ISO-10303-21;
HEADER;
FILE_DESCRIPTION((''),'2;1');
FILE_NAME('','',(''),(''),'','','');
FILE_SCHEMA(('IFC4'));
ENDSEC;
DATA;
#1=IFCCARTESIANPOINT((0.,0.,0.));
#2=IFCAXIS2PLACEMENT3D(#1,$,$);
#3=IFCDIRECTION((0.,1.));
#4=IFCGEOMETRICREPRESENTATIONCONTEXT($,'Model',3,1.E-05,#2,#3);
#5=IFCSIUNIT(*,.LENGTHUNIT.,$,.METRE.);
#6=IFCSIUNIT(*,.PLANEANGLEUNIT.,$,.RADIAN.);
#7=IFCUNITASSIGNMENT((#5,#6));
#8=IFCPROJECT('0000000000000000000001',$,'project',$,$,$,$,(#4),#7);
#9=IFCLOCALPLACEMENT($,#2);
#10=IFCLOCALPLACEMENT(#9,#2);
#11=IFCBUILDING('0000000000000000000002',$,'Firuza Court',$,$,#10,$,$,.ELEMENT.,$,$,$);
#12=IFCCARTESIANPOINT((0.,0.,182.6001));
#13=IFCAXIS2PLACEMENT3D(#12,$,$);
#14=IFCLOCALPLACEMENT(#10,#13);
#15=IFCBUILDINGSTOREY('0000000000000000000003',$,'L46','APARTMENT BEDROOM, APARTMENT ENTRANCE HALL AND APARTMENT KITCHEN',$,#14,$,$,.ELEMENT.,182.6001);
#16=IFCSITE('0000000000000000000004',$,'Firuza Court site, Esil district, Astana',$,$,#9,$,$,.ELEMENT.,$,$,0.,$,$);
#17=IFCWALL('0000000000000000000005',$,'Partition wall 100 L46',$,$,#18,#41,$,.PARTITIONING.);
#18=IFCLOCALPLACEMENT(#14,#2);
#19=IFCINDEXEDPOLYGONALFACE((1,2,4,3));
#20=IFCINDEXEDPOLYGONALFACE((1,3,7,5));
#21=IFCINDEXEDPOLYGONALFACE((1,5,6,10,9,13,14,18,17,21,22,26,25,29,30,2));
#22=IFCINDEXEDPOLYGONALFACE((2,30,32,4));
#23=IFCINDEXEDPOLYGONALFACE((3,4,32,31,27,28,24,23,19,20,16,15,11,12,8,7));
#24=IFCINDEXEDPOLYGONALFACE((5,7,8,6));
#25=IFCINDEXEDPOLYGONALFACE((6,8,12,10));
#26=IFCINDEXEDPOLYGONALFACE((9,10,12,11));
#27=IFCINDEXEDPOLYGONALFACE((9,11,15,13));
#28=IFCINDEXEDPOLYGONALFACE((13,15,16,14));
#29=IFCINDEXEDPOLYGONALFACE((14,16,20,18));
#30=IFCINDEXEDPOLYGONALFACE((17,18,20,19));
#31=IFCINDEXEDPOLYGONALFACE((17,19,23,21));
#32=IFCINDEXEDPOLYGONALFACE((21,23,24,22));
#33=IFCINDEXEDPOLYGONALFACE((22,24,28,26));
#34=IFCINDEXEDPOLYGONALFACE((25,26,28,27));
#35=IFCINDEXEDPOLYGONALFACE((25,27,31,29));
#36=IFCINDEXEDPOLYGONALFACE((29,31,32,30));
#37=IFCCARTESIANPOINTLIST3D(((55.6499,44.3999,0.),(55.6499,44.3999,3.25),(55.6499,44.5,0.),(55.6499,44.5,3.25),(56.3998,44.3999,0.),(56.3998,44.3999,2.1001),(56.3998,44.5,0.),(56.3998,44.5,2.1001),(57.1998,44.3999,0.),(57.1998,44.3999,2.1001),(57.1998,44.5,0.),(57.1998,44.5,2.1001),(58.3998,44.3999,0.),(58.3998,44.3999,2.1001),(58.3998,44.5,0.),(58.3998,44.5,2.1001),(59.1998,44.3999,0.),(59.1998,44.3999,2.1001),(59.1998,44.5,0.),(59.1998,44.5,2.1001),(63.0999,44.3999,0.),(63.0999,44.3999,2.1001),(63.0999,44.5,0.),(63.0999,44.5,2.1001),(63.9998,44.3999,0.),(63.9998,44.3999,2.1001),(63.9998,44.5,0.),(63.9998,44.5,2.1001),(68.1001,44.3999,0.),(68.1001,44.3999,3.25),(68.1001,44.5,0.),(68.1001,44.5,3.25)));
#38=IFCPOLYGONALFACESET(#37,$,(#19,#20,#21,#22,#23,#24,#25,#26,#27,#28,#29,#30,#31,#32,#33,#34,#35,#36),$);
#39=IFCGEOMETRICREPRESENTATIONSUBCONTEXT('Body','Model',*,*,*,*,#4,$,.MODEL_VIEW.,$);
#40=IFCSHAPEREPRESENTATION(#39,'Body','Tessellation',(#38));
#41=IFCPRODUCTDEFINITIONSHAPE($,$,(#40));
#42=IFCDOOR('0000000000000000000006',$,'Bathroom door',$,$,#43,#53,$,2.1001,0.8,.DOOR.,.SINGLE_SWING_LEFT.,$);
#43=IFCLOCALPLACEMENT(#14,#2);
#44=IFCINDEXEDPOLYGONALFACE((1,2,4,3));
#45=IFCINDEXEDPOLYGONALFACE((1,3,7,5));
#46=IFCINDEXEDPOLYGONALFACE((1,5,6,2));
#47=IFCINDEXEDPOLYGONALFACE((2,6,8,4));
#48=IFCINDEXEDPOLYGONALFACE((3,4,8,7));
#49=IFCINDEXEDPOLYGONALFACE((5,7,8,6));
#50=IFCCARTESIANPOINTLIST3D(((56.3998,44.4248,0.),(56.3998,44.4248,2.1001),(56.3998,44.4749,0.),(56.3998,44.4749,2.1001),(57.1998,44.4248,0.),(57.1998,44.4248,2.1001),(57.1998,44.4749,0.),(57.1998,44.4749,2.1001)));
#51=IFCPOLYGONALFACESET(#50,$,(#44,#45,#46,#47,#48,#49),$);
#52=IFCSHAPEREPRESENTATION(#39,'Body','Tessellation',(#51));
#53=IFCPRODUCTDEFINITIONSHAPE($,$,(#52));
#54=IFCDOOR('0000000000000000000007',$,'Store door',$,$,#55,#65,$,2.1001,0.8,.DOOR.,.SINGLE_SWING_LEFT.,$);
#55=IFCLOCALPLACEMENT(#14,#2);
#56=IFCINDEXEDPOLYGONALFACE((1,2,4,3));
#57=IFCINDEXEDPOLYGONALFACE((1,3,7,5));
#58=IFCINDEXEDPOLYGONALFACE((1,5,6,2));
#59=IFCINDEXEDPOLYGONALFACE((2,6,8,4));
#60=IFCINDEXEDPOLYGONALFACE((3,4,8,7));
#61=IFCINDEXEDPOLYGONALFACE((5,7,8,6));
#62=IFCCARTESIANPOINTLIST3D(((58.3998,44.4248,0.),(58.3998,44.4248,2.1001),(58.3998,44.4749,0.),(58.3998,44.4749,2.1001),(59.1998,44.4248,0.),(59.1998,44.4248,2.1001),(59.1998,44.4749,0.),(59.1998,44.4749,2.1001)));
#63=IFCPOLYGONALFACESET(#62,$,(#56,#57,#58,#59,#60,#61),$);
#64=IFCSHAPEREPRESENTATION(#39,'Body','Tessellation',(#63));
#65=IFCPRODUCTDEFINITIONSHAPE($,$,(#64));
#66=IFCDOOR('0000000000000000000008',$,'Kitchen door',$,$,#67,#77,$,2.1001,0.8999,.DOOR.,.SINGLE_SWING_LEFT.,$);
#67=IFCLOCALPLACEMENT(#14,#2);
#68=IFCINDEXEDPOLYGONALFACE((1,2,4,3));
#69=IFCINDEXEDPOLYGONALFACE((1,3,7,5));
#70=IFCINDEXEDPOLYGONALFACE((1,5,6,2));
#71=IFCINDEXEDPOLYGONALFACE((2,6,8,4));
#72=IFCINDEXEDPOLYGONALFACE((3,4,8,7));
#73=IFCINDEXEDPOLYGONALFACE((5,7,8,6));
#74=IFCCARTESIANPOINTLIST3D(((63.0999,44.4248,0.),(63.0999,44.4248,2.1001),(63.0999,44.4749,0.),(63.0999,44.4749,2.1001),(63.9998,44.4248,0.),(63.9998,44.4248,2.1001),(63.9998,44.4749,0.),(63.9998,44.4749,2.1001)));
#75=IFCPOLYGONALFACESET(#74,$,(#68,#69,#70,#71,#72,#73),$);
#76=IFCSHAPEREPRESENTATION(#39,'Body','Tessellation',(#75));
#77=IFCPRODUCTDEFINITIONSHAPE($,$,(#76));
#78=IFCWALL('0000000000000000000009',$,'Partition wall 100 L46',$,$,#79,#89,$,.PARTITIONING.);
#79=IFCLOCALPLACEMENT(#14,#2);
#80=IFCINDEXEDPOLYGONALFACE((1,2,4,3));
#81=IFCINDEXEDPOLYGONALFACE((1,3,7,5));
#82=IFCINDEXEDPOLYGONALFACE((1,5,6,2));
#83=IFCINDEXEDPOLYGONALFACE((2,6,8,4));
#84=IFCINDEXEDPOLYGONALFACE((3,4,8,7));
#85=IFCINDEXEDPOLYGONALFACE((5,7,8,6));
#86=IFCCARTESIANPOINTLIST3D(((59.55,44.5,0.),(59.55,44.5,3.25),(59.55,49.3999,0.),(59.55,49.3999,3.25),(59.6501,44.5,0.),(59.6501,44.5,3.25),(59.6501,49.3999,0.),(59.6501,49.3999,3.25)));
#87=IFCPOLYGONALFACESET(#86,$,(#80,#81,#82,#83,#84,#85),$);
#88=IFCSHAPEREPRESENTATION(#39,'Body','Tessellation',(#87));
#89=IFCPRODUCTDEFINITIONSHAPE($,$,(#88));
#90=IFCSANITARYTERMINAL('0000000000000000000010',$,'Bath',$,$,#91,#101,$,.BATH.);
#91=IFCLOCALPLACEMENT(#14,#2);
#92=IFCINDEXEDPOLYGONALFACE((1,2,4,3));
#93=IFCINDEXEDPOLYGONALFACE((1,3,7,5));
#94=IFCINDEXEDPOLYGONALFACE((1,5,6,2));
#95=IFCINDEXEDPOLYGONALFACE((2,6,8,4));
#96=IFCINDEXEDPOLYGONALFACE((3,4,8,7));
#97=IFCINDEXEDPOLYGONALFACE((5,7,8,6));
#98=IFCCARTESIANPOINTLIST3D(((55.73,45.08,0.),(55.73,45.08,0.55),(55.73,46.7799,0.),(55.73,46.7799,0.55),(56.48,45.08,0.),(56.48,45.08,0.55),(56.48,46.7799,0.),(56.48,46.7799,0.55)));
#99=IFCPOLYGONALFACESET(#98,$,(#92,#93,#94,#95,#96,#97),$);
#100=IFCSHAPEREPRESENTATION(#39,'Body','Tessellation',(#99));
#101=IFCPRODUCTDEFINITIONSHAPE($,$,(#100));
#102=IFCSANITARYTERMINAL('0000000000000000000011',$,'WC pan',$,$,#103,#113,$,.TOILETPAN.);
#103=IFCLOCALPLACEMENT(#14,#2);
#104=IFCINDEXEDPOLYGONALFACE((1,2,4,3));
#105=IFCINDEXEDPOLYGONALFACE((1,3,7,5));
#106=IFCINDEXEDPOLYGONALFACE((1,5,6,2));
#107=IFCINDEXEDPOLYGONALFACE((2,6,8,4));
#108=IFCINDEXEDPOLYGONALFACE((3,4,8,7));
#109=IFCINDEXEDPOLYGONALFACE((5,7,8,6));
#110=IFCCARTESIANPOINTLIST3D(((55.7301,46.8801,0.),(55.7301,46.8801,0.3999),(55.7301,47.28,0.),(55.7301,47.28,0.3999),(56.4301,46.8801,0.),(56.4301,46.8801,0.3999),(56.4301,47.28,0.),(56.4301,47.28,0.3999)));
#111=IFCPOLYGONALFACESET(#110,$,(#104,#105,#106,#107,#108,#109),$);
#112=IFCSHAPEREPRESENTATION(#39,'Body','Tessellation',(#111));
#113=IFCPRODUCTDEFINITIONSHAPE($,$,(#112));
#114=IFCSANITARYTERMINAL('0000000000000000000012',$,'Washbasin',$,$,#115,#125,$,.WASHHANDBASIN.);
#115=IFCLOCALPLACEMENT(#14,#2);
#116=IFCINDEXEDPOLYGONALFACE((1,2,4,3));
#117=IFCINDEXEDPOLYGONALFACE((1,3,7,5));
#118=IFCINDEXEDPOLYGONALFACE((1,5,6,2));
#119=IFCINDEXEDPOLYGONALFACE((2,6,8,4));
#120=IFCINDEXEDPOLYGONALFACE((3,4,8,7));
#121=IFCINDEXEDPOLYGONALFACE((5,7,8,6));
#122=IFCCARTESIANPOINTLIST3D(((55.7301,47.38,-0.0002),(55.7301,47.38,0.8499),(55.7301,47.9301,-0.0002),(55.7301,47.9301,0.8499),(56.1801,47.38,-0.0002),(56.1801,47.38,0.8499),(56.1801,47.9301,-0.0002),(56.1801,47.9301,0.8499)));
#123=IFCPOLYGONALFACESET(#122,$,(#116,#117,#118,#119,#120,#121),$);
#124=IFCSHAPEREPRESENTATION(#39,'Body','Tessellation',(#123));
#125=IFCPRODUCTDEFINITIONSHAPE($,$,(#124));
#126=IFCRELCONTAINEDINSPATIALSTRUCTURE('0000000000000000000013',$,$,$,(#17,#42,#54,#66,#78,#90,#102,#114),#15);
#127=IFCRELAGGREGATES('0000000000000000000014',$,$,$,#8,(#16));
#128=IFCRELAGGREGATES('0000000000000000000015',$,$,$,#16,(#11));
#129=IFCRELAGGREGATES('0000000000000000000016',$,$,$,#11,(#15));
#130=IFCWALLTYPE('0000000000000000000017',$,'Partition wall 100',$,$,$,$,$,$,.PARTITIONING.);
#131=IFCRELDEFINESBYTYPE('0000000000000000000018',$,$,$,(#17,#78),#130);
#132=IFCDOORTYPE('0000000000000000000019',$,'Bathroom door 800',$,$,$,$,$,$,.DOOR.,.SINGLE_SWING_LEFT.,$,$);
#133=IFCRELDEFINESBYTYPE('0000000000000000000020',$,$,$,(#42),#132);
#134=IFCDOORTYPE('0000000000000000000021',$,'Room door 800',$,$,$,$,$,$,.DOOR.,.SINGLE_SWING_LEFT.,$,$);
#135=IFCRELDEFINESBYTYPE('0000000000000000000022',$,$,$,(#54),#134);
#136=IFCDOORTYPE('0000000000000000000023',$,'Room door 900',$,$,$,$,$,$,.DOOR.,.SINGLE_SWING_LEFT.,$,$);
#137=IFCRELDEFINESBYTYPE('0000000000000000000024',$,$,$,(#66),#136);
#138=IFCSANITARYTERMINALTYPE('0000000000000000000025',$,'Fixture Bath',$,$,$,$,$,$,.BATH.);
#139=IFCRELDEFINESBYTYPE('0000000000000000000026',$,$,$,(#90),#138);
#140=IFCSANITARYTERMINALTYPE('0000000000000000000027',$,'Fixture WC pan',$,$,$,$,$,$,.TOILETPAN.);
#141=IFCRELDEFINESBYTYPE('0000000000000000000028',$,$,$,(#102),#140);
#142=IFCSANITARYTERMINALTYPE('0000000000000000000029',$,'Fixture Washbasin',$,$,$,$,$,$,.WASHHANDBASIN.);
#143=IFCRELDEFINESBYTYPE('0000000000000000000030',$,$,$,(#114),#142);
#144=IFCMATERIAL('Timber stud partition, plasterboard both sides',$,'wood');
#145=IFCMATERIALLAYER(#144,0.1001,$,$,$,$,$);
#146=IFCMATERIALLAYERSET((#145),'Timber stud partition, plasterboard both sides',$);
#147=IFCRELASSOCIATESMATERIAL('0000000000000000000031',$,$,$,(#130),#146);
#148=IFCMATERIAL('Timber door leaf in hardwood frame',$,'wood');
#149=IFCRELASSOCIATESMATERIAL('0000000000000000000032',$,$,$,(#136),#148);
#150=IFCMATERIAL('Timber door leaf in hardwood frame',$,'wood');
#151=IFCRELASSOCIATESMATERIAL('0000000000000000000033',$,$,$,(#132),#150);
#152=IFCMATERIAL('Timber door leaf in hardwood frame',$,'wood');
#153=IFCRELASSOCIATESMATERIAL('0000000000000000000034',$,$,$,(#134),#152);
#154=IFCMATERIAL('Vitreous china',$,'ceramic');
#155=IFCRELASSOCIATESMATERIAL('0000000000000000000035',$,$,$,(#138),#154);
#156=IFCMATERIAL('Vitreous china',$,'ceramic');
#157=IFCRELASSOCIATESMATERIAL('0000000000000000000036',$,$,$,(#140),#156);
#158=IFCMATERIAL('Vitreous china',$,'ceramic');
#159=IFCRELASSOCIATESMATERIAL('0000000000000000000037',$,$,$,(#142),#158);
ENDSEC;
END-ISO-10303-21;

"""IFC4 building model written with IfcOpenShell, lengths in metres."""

from ifc_helpers import new_model, si_unit, direction, frame, frame_2d, origin, origin_2d, place, context, subcontext, project, spatial, rectangle, extrude, material, layer, layer_set, type_object, element, fill, save


model = new_model("IFC4")

# Units and contexts
model_context = context("Model", 3, precision=1e-05, world=origin(), true_north=direction((0.0, 1.0)))
body_context = subcontext(model_context, "Body", "Model", "MODEL_VIEW")
ifc_project = project(units=[si_unit("LENGTHUNIT", "METRE"), si_unit("PLANEANGLEUNIT", "RADIAN")], contexts=[model_context])

# Site, building, storey
site_placement = place(None, origin())
site = spatial("IfcSite", under=ifc_project, at=site_placement, Name="Firuza Court site, Esil district, Astana", CompositionType="ELEMENT", RefElevation=0.0)
building_placement = place(site_placement, origin())
building = spatial("IfcBuilding", under=site, at=building_placement, Name="Firuza Court", CompositionType="ELEMENT")
storey_placement = place(building_placement, frame((0.0, 0.0, 182.6001)))
storey = spatial("IfcBuildingStorey", under=building, at=storey_placement, Name="L46", Description="APARTMENT BEDROOM, APARTMENT ENTRANCE HALL AND APARTMENT KITCHEN", CompositionType="ELEMENT", Elevation=182.6001)

# Shared definitions
ifc_material_1 = material(Name="Timber stud partition, plasterboard both sides", Category="wood")
ifc_layer_1 = layer(ifc_material_1, 0.1001)
ifc_layer_set_1 = layer_set([ifc_layer_1], Name="Timber stud partition, plasterboard both sides")
wall_type_1 = type_object("IfcWallType", Name="Partition wall 100", PredefinedType="PARTITIONING", material=ifc_layer_set_1)

# Wall, openings, doors
ifc_material_2 = material(Name="Timber door leaf in hardwood frame", Category="wood")
door_type_1 = type_object("IfcDoorType", Name="Room door 900", OperationType="SINGLE_SWING_LEFT", PredefinedType="DOOR", material=ifc_material_2)
wall_1_placement = place(storey_placement, frame((55.6499, 44.45, 0.0), z_axis=(0.0, 0.0, 1.0), x_axis=(1.0, 0.0, 0.0)))
wall_1 = element("IfcWall", 1, at=wall_1_placement, inside=storey, type_object=wall_type_1, Name="Partition wall 100 L46", PredefinedType="PARTITIONING", context=body_context, shape_type="SweptSolid", body=[
    extrude(rectangle(XDim=12.4502, YDim=0.1001, at=frame_2d((6.2251, 0.0))), origin(), (0.0, 0.0, 1.0), 3.25),
])
opening_1_placement = place(wall_1_placement, frame((0.75, 0.0, 0.0)))
opening_1 = element("IfcOpeningElement", 2, at=opening_1_placement, cuts=wall_1, PredefinedType="OPENING", context=body_context, shape_type="SweptSolid", body=[
    extrude(rectangle(XDim=0.8, YDim=2.1001, at=frame_2d((0.3999, 1.05))), frame((0.0, 0.062, 0.0), z_axis=(0.0, -1.0, 0.0), x_axis=(1.0, 0.0, 0.0)), (0.0, 0.0, 1.0), 0.124),
])
opening_2_placement = place(wall_1_placement, frame((7.45, 0.0, 0.0)))
opening_2 = element("IfcOpeningElement", 3, at=opening_2_placement, cuts=wall_1, PredefinedType="OPENING", context=body_context, shape_type="SweptSolid", body=[
    extrude(rectangle(XDim=0.8999, YDim=2.1001, at=frame_2d((0.45, 1.05))), frame((0.0, 0.062, 0.0), z_axis=(0.0, -1.0, 0.0), x_axis=(1.0, 0.0, 0.0)), (0.0, 0.0, 1.0), 0.124),
])
opening_3_placement = place(wall_1_placement, frame((2.75, 0.0, 0.0)))
opening_3 = element("IfcOpeningElement", 4, at=opening_3_placement, cuts=wall_1, PredefinedType="OPENING", context=body_context, shape_type="SweptSolid", body=[
    extrude(rectangle(XDim=0.8, YDim=2.1001, at=frame_2d((0.3999, 1.05))), frame((0.0, 0.062, 0.0), z_axis=(0.0, -1.0, 0.0), x_axis=(1.0, 0.0, 0.0)), (0.0, 0.0, 1.0), 0.124),
])
ifc_material_3 = material(Name="Timber door leaf in hardwood frame", Category="wood")
door_type_2 = type_object("IfcDoorType", Name="Bathroom door 800", OperationType="SINGLE_SWING_LEFT", PredefinedType="DOOR", material=ifc_material_3)
door_1_placement = place(opening_1_placement, origin())
door_1 = element("IfcDoor", 5, at=door_1_placement, inside=storey, type_object=door_type_2, Name="Bathroom door", OperationType="SINGLE_SWING_LEFT", OverallHeight=2.1001, OverallWidth=0.8, PredefinedType="DOOR", context=body_context, shape_type="SweptSolid", body=[
    extrude(rectangle(XDim=0.8, YDim=2.1001, at=frame_2d((0.3999, 1.05))), frame((0.0, 0.0249, 0.0), z_axis=(0.0, -1.0, 0.0), x_axis=(1.0, 0.0, 0.0)), (0.0, 0.0, 1.0), 0.05),
])
fill(opening_1, door_1)
ifc_material_4 = material(Name="Timber door leaf in hardwood frame", Category="wood")
door_type_3 = type_object("IfcDoorType", Name="Room door 800", OperationType="SINGLE_SWING_LEFT", PredefinedType="DOOR", material=ifc_material_4)
door_2_placement = place(opening_3_placement, origin())
door_2 = element("IfcDoor", 6, at=door_2_placement, inside=storey, type_object=door_type_3, Name="Store door", OperationType="SINGLE_SWING_LEFT", OverallHeight=2.1001, OverallWidth=0.8, PredefinedType="DOOR", context=body_context, shape_type="SweptSolid", body=[
    extrude(rectangle(XDim=0.8, YDim=2.1001, at=frame_2d((0.3999, 1.05))), frame((0.0, 0.0249, 0.0), z_axis=(0.0, -1.0, 0.0), x_axis=(1.0, 0.0, 0.0)), (0.0, 0.0, 1.0), 0.05),
])
fill(opening_3, door_2)
door_3_placement = place(opening_2_placement, origin())
door_3 = element("IfcDoor", 7, at=door_3_placement, inside=storey, type_object=door_type_1, Name="Kitchen door", OperationType="SINGLE_SWING_LEFT", OverallHeight=2.1001, OverallWidth=0.8999, PredefinedType="DOOR", context=body_context, shape_type="SweptSolid", body=[
    extrude(rectangle(XDim=0.8999, YDim=2.1001, at=frame_2d((0.45, 1.05))), frame((0.0, 0.0249, 0.0), z_axis=(0.0, -1.0, 0.0), x_axis=(1.0, 0.0, 0.0)), (0.0, 0.0, 1.0), 0.05),
])
fill(opening_2, door_3)

# Wall
wall_2_placement = place(storey_placement, frame((59.6001, 44.5, 0.0), z_axis=(0.0, 0.0, 1.0), x_axis=(0.0, 1.0, 0.0)))
element("IfcWall", 8, at=wall_2_placement, inside=storey, type_object=wall_type_1, Name="Partition wall 100 L46", PredefinedType="PARTITIONING", context=body_context, shape_type="SweptSolid", body=[
    extrude(rectangle(XDim=4.8999, YDim=0.1001, at=frame_2d((2.45, 0.0))), origin(), (0.0, 0.0, 1.0), 3.25),
])

# Sanitary terminals
ifc_material_5 = material(Name="Vitreous china", Category="ceramic")
sanitary_terminal_type_1 = type_object("IfcSanitaryTerminalType", Name="Fixture Bath", PredefinedType="BATH", material=ifc_material_5)
sanitary_terminal_1_placement = place(storey_placement, frame((56.105, 45.9299, 0.0), z_axis=(0.0, 0.0, 1.0), x_axis=(1.0, 0.0, 0.0)))
element("IfcSanitaryTerminal", 9, at=sanitary_terminal_1_placement, inside=storey, type_object=sanitary_terminal_type_1, Name="Bath", PredefinedType="BATH", context=body_context, shape_type="SweptSolid", body=[
    extrude(rectangle(XDim=0.75, YDim=1.7, at=origin_2d()), origin(), (0.0, 0.0, 1.0), 0.55),
])
ifc_material_6 = material(Name="Vitreous china", Category="ceramic")
sanitary_terminal_type_2 = type_object("IfcSanitaryTerminalType", Name="Fixture WC pan", PredefinedType="TOILETPAN", material=ifc_material_6)
sanitary_terminal_2_placement = place(storey_placement, frame((56.0801, 47.0801, 0.0), z_axis=(0.0, 0.0, 1.0), x_axis=(1.0, 0.0, 0.0)))
element("IfcSanitaryTerminal", 10, at=sanitary_terminal_2_placement, inside=storey, type_object=sanitary_terminal_type_2, Name="WC pan", PredefinedType="TOILETPAN", context=body_context, shape_type="SweptSolid", body=[
    extrude(rectangle(XDim=0.7, YDim=0.3999, at=origin_2d()), origin(), (0.0, 0.0, 1.0), 0.3999),
])
ifc_material_7 = material(Name="Vitreous china", Category="ceramic")
sanitary_terminal_type_3 = type_object("IfcSanitaryTerminalType", Name="Fixture Washbasin", PredefinedType="WASHHANDBASIN", material=ifc_material_7)
sanitary_terminal_3_placement = place(storey_placement, frame((55.9551, 47.655, -0.0002), z_axis=(0.0, 0.0, 1.0), x_axis=(1.0, 0.0, 0.0)))
element("IfcSanitaryTerminal", 11, at=sanitary_terminal_3_placement, inside=storey, type_object=sanitary_terminal_type_3, Name="Washbasin", PredefinedType="WASHHANDBASIN", context=body_context, shape_type="SweptSolid", body=[
    extrude(rectangle(XDim=0.45, YDim=0.55, at=origin_2d()), origin(), (0.0, 0.0, 1.0), 0.8501),
])

save(model, "model.ifc")
